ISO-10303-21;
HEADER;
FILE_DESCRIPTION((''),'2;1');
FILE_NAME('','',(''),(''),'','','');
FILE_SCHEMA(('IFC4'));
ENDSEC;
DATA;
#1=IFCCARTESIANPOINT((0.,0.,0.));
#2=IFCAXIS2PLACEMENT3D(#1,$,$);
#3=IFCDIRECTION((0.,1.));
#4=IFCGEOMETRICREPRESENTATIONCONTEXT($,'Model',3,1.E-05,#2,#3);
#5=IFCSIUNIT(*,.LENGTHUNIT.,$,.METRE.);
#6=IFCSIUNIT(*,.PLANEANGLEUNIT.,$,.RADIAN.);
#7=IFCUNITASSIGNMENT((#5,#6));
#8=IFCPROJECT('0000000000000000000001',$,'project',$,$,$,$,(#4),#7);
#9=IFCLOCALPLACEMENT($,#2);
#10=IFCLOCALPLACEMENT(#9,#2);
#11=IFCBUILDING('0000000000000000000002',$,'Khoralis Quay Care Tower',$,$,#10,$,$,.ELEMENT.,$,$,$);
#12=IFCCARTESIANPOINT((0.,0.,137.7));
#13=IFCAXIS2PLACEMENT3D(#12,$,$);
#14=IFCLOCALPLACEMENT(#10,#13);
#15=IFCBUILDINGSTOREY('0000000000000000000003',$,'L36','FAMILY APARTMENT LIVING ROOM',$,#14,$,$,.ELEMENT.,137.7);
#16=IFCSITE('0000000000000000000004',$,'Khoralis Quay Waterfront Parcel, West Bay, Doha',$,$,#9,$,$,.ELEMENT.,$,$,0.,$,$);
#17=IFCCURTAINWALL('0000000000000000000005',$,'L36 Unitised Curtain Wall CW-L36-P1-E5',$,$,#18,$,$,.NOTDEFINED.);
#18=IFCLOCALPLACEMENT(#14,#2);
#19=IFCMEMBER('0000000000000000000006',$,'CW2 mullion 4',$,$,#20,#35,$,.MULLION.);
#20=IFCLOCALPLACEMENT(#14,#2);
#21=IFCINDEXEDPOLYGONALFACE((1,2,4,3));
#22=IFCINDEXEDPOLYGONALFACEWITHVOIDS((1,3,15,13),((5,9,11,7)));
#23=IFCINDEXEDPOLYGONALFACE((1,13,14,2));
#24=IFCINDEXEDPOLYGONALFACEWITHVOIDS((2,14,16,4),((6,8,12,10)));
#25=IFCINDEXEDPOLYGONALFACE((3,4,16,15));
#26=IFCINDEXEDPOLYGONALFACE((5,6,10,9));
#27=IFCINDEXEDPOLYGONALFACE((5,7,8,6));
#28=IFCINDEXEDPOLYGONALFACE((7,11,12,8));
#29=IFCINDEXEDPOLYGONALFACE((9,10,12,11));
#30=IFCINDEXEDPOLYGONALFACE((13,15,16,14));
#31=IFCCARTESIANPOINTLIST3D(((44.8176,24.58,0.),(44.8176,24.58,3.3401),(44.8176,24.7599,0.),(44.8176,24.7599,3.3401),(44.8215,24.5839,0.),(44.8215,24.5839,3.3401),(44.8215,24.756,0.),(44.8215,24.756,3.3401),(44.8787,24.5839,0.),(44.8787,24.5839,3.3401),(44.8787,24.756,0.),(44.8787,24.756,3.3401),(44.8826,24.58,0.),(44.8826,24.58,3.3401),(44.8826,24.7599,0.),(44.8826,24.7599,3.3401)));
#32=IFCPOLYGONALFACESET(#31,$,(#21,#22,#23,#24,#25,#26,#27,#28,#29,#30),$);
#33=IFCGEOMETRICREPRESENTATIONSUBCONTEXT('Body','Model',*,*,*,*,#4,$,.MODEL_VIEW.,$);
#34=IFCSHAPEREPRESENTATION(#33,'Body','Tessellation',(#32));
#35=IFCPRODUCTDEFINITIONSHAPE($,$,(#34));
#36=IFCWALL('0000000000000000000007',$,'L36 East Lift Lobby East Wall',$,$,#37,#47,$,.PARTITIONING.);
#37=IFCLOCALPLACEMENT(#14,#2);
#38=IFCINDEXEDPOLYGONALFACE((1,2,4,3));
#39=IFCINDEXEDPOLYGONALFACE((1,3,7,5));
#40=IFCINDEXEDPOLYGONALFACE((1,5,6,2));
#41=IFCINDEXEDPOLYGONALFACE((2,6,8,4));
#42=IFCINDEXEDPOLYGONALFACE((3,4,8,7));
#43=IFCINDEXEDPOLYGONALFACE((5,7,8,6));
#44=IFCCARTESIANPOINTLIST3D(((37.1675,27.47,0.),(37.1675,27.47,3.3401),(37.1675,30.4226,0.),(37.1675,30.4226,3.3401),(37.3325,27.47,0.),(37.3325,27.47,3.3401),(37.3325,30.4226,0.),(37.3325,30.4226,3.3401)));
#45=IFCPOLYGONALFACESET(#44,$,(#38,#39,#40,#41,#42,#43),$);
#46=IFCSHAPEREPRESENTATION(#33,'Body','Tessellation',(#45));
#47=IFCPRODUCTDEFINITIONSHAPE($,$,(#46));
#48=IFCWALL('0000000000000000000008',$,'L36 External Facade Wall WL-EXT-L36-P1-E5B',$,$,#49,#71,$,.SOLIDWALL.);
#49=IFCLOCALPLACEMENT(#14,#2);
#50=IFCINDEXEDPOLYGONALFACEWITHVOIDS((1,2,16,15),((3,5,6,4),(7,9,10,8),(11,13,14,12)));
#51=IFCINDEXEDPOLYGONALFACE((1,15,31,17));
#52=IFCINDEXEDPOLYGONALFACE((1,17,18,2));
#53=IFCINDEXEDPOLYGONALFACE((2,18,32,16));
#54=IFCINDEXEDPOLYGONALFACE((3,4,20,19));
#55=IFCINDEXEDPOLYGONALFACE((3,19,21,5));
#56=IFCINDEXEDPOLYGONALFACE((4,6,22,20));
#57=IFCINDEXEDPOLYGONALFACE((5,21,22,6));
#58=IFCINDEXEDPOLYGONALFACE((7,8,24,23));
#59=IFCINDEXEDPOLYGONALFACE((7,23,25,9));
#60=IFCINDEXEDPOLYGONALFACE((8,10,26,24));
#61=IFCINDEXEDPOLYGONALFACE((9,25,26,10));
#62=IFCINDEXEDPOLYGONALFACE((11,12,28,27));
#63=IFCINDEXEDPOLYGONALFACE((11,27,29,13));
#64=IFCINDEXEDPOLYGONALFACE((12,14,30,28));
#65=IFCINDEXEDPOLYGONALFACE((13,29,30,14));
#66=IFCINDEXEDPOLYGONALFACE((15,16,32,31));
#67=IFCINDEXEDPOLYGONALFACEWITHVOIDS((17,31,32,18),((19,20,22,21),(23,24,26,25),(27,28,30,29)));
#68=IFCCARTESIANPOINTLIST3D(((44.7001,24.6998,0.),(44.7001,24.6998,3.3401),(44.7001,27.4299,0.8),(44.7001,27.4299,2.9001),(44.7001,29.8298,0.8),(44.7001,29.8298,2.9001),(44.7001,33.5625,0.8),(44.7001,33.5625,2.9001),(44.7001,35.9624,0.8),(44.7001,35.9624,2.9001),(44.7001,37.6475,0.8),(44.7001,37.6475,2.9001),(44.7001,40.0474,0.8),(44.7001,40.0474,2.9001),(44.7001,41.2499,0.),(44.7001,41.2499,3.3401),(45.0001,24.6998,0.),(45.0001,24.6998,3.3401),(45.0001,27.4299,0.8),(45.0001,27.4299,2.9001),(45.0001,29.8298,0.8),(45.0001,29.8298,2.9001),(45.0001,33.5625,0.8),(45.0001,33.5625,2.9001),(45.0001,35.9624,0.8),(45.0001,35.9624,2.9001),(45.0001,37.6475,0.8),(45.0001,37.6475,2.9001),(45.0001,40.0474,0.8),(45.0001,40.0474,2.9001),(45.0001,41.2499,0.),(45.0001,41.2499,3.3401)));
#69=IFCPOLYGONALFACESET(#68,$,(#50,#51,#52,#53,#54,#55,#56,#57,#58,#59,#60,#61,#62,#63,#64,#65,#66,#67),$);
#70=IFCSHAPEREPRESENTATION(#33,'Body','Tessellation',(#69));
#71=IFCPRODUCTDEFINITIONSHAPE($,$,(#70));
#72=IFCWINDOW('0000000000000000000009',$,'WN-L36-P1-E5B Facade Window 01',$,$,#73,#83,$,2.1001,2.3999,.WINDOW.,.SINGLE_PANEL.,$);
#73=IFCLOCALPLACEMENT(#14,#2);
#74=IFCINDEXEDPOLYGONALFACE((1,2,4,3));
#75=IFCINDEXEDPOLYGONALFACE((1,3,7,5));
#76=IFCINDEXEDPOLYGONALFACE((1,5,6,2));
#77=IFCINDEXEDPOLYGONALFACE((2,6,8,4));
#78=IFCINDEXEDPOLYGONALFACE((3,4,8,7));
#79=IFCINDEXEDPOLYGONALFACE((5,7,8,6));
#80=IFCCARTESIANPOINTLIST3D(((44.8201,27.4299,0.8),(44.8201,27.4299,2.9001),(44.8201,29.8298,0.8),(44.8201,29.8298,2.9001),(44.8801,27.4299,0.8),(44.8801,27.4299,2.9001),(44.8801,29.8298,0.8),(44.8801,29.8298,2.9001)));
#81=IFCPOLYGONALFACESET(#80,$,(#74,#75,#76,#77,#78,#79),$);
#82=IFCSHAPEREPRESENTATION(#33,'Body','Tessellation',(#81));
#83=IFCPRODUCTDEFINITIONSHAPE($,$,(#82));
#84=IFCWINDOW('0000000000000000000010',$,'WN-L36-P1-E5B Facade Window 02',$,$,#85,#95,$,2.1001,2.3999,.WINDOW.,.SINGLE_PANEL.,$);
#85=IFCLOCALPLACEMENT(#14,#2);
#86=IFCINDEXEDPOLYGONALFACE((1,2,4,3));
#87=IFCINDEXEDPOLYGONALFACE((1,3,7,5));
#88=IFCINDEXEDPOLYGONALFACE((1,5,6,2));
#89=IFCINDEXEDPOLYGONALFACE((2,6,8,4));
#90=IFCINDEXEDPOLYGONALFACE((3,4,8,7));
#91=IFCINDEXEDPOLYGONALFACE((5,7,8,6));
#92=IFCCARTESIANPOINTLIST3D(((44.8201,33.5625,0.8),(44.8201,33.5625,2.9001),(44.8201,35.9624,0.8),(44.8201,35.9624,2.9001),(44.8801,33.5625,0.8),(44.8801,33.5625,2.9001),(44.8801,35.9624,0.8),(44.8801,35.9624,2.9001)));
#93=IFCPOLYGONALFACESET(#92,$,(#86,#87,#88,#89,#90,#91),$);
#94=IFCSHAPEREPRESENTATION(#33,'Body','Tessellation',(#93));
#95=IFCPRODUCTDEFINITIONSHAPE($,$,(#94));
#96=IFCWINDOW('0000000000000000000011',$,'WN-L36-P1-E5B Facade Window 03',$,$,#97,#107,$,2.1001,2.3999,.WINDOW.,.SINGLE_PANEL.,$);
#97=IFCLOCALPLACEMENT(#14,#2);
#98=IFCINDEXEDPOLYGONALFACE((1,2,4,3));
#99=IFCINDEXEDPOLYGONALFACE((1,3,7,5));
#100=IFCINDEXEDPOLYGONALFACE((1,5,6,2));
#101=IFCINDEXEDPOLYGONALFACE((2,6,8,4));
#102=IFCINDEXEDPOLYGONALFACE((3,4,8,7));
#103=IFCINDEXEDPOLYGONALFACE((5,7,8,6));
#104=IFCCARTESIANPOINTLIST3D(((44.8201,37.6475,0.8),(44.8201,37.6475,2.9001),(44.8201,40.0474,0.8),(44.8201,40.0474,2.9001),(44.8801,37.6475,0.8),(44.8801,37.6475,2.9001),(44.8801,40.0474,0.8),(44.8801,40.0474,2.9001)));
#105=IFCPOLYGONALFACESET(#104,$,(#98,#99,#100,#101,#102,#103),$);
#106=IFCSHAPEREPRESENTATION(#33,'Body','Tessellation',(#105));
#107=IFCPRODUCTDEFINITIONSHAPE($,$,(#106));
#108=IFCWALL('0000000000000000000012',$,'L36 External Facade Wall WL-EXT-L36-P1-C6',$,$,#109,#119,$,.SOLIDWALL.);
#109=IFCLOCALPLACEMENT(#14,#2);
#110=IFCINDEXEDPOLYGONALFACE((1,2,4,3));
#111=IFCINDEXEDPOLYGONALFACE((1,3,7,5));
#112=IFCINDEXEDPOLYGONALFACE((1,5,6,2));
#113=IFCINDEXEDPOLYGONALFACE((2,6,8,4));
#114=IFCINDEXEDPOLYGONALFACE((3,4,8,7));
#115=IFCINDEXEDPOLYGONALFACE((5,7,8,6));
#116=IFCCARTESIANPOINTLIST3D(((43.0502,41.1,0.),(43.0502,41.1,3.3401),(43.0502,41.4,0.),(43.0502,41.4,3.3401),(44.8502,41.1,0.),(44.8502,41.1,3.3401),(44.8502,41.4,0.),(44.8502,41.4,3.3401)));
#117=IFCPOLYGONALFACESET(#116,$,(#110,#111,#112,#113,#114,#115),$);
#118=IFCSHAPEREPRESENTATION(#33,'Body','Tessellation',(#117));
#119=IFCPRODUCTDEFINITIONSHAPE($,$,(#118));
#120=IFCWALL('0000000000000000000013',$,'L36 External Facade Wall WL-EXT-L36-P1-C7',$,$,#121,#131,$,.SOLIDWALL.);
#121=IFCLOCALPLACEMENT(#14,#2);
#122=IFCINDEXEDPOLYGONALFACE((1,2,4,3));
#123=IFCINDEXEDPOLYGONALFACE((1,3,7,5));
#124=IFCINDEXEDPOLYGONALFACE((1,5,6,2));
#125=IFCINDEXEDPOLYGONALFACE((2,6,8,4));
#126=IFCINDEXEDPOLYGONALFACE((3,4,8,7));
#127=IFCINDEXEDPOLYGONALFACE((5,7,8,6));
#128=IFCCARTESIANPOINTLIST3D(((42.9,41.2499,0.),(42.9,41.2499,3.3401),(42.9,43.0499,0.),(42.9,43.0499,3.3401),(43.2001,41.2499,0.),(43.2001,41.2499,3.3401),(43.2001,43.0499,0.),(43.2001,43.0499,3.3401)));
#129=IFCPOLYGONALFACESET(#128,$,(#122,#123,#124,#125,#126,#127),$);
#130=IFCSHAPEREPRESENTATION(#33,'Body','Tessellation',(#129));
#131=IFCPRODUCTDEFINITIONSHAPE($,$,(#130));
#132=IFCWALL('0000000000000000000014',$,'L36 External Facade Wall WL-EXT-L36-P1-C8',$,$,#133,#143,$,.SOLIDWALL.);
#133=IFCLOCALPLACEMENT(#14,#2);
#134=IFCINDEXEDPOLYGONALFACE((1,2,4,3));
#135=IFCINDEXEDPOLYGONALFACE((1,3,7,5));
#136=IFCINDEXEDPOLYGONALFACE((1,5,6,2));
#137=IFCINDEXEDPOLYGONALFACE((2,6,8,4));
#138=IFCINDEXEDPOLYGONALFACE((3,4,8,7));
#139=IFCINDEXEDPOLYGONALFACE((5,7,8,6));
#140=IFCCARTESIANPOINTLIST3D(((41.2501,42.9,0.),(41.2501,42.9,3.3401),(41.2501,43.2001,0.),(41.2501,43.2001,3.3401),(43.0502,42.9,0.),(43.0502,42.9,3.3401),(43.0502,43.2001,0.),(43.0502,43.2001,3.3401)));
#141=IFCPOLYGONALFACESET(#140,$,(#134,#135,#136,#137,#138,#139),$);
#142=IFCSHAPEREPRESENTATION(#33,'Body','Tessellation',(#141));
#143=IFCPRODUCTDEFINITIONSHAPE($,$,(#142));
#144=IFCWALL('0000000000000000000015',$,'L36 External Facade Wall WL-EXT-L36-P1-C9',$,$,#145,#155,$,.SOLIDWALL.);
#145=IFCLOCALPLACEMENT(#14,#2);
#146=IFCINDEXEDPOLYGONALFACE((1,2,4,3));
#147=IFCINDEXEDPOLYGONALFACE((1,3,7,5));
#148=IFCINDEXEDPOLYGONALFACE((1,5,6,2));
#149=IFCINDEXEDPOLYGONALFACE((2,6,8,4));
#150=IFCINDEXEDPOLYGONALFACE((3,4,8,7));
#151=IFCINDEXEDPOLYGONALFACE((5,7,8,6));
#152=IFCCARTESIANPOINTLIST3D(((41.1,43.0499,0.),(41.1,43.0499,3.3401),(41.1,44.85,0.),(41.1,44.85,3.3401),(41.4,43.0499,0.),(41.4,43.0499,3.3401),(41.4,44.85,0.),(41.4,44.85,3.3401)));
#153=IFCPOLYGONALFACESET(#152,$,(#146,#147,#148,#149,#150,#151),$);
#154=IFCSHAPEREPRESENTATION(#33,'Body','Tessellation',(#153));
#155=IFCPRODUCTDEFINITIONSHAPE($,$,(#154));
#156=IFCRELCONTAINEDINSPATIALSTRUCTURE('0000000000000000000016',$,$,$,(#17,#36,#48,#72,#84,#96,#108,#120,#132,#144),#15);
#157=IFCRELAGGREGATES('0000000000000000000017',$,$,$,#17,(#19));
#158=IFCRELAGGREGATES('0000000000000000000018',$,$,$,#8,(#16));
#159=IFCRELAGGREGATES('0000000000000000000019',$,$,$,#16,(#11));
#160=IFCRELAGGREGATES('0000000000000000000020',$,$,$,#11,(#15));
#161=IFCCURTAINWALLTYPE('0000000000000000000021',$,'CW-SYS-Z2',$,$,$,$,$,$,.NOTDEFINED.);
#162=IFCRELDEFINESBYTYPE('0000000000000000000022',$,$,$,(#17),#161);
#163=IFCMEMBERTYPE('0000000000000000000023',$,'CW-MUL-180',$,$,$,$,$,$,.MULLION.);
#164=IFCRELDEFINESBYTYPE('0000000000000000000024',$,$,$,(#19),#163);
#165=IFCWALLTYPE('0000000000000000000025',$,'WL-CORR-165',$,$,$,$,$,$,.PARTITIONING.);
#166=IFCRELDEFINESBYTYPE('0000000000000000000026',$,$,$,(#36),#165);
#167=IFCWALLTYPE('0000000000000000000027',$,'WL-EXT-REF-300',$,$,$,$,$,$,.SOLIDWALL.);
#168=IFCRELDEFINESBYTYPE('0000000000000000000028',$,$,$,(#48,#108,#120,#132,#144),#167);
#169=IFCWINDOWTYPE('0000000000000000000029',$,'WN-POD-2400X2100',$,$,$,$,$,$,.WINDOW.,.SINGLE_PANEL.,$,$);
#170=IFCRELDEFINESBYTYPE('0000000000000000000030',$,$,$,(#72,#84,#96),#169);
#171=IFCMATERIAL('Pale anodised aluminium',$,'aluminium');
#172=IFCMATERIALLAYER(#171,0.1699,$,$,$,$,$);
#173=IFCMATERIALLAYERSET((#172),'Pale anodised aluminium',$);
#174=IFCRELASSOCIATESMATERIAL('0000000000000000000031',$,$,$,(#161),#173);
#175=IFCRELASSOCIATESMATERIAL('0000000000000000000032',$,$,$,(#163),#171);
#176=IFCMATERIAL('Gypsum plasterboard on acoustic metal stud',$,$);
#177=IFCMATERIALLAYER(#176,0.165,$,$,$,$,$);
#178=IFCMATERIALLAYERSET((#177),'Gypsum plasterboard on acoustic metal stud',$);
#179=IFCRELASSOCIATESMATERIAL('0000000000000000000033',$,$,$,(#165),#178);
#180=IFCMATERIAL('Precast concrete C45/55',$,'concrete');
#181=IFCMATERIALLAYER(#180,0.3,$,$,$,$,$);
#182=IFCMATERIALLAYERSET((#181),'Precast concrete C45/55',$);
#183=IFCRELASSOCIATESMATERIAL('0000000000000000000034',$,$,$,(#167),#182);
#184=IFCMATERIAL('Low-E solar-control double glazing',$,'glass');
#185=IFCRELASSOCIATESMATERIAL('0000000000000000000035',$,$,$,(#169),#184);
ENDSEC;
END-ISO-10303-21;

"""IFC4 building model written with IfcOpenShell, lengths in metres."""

from ifc_helpers import new_model, si_unit, direction, frame, frame_2d, origin, origin_2d, place, context, subcontext, project, spatial, rectangle, hollow_rectangle, extrude, source, transform, mapped, material, layer, layer_set, material_profile, profile_set, type_object, element, fill, aggregate, save


model = new_model("IFC4")

# Units and contexts
model_context = context("Model", 3, precision=1e-05, world=origin(), true_north=direction((0.0, 1.0)))
body_context = subcontext(model_context, "Body", "Model", "MODEL_VIEW")
ifc_project = project(units=[si_unit("LENGTHUNIT", "METRE"), si_unit("PLANEANGLEUNIT", "RADIAN")], contexts=[model_context])

# Site, building, storey
site_placement = place(None, origin())
site = spatial("IfcSite", under=ifc_project, at=site_placement, Name="Khoralis Quay Waterfront Parcel, West Bay, Doha", CompositionType="ELEMENT", RefElevation=0.0)
building_placement = place(site_placement, origin())
building = spatial("IfcBuilding", under=site, at=building_placement, Name="Khoralis Quay Care Tower", CompositionType="ELEMENT")
storey_placement = place(building_placement, frame((0.0, 0.0, 137.7)))
storey = spatial("IfcBuildingStorey", under=building, at=storey_placement, Name="L36", Description="FAMILY APARTMENT LIVING ROOM", CompositionType="ELEMENT", Elevation=137.7)

# Curtain wall, member
ifc_material_1 = material(Name="Pale anodised aluminium", Category="aluminium")
ifc_layer_1 = layer(ifc_material_1, 0.1699)
ifc_layer_set_1 = layer_set([ifc_layer_1], Name="Pale anodised aluminium")
curtain_wall_type = type_object("IfcCurtainWallType", Name="CW-SYS-Z2", PredefinedType="NOTDEFINED", material=ifc_layer_set_1)
curtain_wall_placement = place(storey_placement, origin())
curtain_wall = element("IfcCurtainWall", 1, at=curtain_wall_placement, inside=storey, type_object=curtain_wall_type, Name="L36 Unitised Curtain Wall CW-L36-P1-E5", PredefinedType="NOTDEFINED")
ifc_material_profile_1 = material_profile(ifc_material_1, hollow_rectangle(XDim=0.0649, YDim=0.1799, WallThickness=0.0039, at=origin_2d()), Name="Pale anodised aluminium")
ifc_profile_set_1 = profile_set([ifc_material_profile_1], Name="Pale anodised aluminium")
member_type = type_object("IfcMemberType", Name="CW-MUL-180", PredefinedType="MULLION", material=ifc_profile_set_1)
shared_shape_1 = source(origin(), body_context, "Body", "SweptSolid", [
    extrude(hollow_rectangle(XDim=0.0649, YDim=0.1799, WallThickness=0.0039, at=origin_2d()), origin(), (0.0, 0.0, 1.0), 3.3401),
])
member_placement = place(storey_placement, frame((44.8501, 24.6699, 0.0), z_axis=(0.0, 0.0, 1.0), x_axis=(-1.0, 0.0, 0.0)))
member = element("IfcMember", 2, at=member_placement, type_object=member_type, Name="CW2 mullion 4", PredefinedType="MULLION", context=body_context, shape_type="MappedRepresentation", body=[
    mapped(shared_shape_1, transform((0.0, 0.0, 0.0), scale=1.0)),
])
aggregate(curtain_wall, [member])

# Wall
ifc_material_2 = material(Name="Gypsum plasterboard on acoustic metal stud")
ifc_layer_2 = layer(ifc_material_2, 0.165)
ifc_layer_set_2 = layer_set([ifc_layer_2], Name="Gypsum plasterboard on acoustic metal stud")
wall_type_1 = type_object("IfcWallType", Name="WL-CORR-165", PredefinedType="PARTITIONING", material=ifc_layer_set_2)
wall_1_placement = place(storey_placement, frame((37.25, 27.47, 0.0), z_axis=(0.0, 0.0, 1.0), x_axis=(0.0, 1.0, 0.0)))
element("IfcWall", 3, at=wall_1_placement, inside=storey, type_object=wall_type_1, Name="L36 East Lift Lobby East Wall", PredefinedType="PARTITIONING", context=body_context, shape_type="SweptSolid", body=[
    extrude(rectangle(XDim=2.9526, YDim=0.165, at=frame_2d((1.4763, 0.0))), origin(), (0.0, 0.0, 1.0), 3.3401),
])

# Wall, openings, windows
ifc_material_3 = material(Name="Precast concrete C45/55", Category="concrete")
ifc_layer_3 = layer(ifc_material_3, 0.3)
ifc_layer_set_3 = layer_set([ifc_layer_3], Name="Precast concrete C45/55")
wall_type_2 = type_object("IfcWallType", Name="WL-EXT-REF-300", PredefinedType="SOLIDWALL", material=ifc_layer_set_3)
wall_2_placement = place(storey_placement, frame((44.8501, 24.7, 0.0), z_axis=(0.0, 0.0, 1.0), x_axis=(0.0, 1.0, 0.0)))
wall_2 = element("IfcWall", 4, at=wall_2_placement, inside=storey, type_object=wall_type_2, Name="L36 External Facade Wall WL-EXT-L36-P1-E5B", PredefinedType="SOLIDWALL", context=body_context, shape_type="SweptSolid", body=[
    extrude(rectangle(XDim=16.55, YDim=0.3, at=frame_2d((8.2749, 0.0))), origin(), (0.0, 0.0, 1.0), 3.3401),
])
opening_1_placement = place(wall_2_placement, frame((2.73, 0.0, 0.8)))
opening_1 = element("IfcOpeningElement", 5, at=opening_1_placement, cuts=wall_2, PredefinedType="OPENING", context=body_context, shape_type="SweptSolid", body=[
    extrude(rectangle(XDim=2.3999, YDim=2.1001, at=frame_2d((1.2, 1.05))), frame((0.0, 0.1602, 0.0), z_axis=(0.0, -1.0, 0.0), x_axis=(1.0, 0.0, 0.0)), (0.0, 0.0, 1.0), 0.3201),
])
opening_2_placement = place(wall_2_placement, frame((8.8625, 0.0, 0.8)))
opening_2 = element("IfcOpeningElement", 6, at=opening_2_placement, cuts=wall_2, PredefinedType="OPENING", context=body_context, shape_type="SweptSolid", body=[
    extrude(rectangle(XDim=2.3999, YDim=2.1001, at=frame_2d((1.2, 1.05))), frame((0.0, 0.1602, 0.0), z_axis=(0.0, -1.0, 0.0), x_axis=(1.0, 0.0, 0.0)), (0.0, 0.0, 1.0), 0.3201),
])
opening_3_placement = place(wall_2_placement, frame((12.9475, 0.0, 0.8)))
opening_3 = element("IfcOpeningElement", 7, at=opening_3_placement, cuts=wall_2, PredefinedType="OPENING", context=body_context, shape_type="SweptSolid", body=[
    extrude(rectangle(XDim=2.3999, YDim=2.1001, at=frame_2d((1.2, 1.05))), frame((0.0, 0.1602, 0.0), z_axis=(0.0, -1.0, 0.0), x_axis=(1.0, 0.0, 0.0)), (0.0, 0.0, 1.0), 0.3201),
])
ifc_material_4 = material(Name="Low-E solar-control double glazing", Category="glass")
window_type = type_object("IfcWindowType", Name="WN-POD-2400X2100", PartitioningType="SINGLE_PANEL", PredefinedType="WINDOW", material=ifc_material_4)
shared_shape_2 = source(origin(), body_context, "Body", "SweptSolid", [
    extrude(rectangle(XDim=2.3999, YDim=2.1001, at=frame_2d((1.2, 1.05))), frame((0.0, 0.03, 0.0), z_axis=(0.0, -1.0, 0.0), x_axis=(1.0, 0.0, 0.0)), (0.0, 0.0, 1.0), 0.0601),
])
window_1_placement = place(opening_1_placement, origin())
window_1 = element("IfcWindow", 8, at=window_1_placement, inside=storey, type_object=window_type, Name="WN-L36-P1-E5B Facade Window 01", OverallHeight=2.1001, OverallWidth=2.3999, PartitioningType="SINGLE_PANEL", PredefinedType="WINDOW", context=body_context, shape_type="MappedRepresentation", body=[
    mapped(shared_shape_2, transform((0.0, 0.0, 0.0), scale=1.0)),
])
fill(opening_1, window_1)
window_2_placement = place(opening_2_placement, origin())
window_2 = element("IfcWindow", 9, at=window_2_placement, inside=storey, type_object=window_type, Name="WN-L36-P1-E5B Facade Window 02", OverallHeight=2.1001, OverallWidth=2.3999, PartitioningType="SINGLE_PANEL", PredefinedType="WINDOW", context=body_context, shape_type="MappedRepresentation", body=[
    mapped(shared_shape_2, transform((0.0, 0.0, 0.0), scale=1.0)),
])
fill(opening_2, window_2)
window_3_placement = place(opening_3_placement, origin())
window_3 = element("IfcWindow", 10, at=window_3_placement, inside=storey, type_object=window_type, Name="WN-L36-P1-E5B Facade Window 03", OverallHeight=2.1001, OverallWidth=2.3999, PartitioningType="SINGLE_PANEL", PredefinedType="WINDOW", context=body_context, shape_type="MappedRepresentation", body=[
    mapped(shared_shape_2, transform((0.0, 0.0, 0.0), scale=1.0)),
])
fill(opening_3, window_3)

# Walls
for number, where, z_axis, x_axis, name in (
    (11, (44.8501, 41.25, 0.0), (0.0, 0.0, 1.0), (-1.0, 0.0, 0.0), "L36 External Facade Wall WL-EXT-L36-P1-C6"),
    (12, (43.05, 41.25, 0.0), (0.0, 0.0, 1.0), (0.0, 1.0, 0.0), "L36 External Facade Wall WL-EXT-L36-P1-C7"),
    (13, (43.05, 43.05, 0.0), (0.0, 0.0, 1.0), (-1.0, 0.0, 0.0), "L36 External Facade Wall WL-EXT-L36-P1-C8"),
    (14, (41.25, 43.05, 0.0), (0.0, 0.0, 1.0), (0.0, 1.0, 0.0), "L36 External Facade Wall WL-EXT-L36-P1-C9"),
):
    element("IfcWall", number, at=place(storey_placement, frame(where, z_axis=z_axis, x_axis=x_axis)), inside=storey, type_object=wall_type_2, Name=name, PredefinedType="SOLIDWALL", context=body_context, shape_type="SweptSolid", body=[
        extrude(rectangle(XDim=1.8, YDim=0.3, at=frame_2d((0.8999, 0.0))), origin(), (0.0, 0.0, 1.0), 3.3401),
    ])

save(model, "model.ifc")
